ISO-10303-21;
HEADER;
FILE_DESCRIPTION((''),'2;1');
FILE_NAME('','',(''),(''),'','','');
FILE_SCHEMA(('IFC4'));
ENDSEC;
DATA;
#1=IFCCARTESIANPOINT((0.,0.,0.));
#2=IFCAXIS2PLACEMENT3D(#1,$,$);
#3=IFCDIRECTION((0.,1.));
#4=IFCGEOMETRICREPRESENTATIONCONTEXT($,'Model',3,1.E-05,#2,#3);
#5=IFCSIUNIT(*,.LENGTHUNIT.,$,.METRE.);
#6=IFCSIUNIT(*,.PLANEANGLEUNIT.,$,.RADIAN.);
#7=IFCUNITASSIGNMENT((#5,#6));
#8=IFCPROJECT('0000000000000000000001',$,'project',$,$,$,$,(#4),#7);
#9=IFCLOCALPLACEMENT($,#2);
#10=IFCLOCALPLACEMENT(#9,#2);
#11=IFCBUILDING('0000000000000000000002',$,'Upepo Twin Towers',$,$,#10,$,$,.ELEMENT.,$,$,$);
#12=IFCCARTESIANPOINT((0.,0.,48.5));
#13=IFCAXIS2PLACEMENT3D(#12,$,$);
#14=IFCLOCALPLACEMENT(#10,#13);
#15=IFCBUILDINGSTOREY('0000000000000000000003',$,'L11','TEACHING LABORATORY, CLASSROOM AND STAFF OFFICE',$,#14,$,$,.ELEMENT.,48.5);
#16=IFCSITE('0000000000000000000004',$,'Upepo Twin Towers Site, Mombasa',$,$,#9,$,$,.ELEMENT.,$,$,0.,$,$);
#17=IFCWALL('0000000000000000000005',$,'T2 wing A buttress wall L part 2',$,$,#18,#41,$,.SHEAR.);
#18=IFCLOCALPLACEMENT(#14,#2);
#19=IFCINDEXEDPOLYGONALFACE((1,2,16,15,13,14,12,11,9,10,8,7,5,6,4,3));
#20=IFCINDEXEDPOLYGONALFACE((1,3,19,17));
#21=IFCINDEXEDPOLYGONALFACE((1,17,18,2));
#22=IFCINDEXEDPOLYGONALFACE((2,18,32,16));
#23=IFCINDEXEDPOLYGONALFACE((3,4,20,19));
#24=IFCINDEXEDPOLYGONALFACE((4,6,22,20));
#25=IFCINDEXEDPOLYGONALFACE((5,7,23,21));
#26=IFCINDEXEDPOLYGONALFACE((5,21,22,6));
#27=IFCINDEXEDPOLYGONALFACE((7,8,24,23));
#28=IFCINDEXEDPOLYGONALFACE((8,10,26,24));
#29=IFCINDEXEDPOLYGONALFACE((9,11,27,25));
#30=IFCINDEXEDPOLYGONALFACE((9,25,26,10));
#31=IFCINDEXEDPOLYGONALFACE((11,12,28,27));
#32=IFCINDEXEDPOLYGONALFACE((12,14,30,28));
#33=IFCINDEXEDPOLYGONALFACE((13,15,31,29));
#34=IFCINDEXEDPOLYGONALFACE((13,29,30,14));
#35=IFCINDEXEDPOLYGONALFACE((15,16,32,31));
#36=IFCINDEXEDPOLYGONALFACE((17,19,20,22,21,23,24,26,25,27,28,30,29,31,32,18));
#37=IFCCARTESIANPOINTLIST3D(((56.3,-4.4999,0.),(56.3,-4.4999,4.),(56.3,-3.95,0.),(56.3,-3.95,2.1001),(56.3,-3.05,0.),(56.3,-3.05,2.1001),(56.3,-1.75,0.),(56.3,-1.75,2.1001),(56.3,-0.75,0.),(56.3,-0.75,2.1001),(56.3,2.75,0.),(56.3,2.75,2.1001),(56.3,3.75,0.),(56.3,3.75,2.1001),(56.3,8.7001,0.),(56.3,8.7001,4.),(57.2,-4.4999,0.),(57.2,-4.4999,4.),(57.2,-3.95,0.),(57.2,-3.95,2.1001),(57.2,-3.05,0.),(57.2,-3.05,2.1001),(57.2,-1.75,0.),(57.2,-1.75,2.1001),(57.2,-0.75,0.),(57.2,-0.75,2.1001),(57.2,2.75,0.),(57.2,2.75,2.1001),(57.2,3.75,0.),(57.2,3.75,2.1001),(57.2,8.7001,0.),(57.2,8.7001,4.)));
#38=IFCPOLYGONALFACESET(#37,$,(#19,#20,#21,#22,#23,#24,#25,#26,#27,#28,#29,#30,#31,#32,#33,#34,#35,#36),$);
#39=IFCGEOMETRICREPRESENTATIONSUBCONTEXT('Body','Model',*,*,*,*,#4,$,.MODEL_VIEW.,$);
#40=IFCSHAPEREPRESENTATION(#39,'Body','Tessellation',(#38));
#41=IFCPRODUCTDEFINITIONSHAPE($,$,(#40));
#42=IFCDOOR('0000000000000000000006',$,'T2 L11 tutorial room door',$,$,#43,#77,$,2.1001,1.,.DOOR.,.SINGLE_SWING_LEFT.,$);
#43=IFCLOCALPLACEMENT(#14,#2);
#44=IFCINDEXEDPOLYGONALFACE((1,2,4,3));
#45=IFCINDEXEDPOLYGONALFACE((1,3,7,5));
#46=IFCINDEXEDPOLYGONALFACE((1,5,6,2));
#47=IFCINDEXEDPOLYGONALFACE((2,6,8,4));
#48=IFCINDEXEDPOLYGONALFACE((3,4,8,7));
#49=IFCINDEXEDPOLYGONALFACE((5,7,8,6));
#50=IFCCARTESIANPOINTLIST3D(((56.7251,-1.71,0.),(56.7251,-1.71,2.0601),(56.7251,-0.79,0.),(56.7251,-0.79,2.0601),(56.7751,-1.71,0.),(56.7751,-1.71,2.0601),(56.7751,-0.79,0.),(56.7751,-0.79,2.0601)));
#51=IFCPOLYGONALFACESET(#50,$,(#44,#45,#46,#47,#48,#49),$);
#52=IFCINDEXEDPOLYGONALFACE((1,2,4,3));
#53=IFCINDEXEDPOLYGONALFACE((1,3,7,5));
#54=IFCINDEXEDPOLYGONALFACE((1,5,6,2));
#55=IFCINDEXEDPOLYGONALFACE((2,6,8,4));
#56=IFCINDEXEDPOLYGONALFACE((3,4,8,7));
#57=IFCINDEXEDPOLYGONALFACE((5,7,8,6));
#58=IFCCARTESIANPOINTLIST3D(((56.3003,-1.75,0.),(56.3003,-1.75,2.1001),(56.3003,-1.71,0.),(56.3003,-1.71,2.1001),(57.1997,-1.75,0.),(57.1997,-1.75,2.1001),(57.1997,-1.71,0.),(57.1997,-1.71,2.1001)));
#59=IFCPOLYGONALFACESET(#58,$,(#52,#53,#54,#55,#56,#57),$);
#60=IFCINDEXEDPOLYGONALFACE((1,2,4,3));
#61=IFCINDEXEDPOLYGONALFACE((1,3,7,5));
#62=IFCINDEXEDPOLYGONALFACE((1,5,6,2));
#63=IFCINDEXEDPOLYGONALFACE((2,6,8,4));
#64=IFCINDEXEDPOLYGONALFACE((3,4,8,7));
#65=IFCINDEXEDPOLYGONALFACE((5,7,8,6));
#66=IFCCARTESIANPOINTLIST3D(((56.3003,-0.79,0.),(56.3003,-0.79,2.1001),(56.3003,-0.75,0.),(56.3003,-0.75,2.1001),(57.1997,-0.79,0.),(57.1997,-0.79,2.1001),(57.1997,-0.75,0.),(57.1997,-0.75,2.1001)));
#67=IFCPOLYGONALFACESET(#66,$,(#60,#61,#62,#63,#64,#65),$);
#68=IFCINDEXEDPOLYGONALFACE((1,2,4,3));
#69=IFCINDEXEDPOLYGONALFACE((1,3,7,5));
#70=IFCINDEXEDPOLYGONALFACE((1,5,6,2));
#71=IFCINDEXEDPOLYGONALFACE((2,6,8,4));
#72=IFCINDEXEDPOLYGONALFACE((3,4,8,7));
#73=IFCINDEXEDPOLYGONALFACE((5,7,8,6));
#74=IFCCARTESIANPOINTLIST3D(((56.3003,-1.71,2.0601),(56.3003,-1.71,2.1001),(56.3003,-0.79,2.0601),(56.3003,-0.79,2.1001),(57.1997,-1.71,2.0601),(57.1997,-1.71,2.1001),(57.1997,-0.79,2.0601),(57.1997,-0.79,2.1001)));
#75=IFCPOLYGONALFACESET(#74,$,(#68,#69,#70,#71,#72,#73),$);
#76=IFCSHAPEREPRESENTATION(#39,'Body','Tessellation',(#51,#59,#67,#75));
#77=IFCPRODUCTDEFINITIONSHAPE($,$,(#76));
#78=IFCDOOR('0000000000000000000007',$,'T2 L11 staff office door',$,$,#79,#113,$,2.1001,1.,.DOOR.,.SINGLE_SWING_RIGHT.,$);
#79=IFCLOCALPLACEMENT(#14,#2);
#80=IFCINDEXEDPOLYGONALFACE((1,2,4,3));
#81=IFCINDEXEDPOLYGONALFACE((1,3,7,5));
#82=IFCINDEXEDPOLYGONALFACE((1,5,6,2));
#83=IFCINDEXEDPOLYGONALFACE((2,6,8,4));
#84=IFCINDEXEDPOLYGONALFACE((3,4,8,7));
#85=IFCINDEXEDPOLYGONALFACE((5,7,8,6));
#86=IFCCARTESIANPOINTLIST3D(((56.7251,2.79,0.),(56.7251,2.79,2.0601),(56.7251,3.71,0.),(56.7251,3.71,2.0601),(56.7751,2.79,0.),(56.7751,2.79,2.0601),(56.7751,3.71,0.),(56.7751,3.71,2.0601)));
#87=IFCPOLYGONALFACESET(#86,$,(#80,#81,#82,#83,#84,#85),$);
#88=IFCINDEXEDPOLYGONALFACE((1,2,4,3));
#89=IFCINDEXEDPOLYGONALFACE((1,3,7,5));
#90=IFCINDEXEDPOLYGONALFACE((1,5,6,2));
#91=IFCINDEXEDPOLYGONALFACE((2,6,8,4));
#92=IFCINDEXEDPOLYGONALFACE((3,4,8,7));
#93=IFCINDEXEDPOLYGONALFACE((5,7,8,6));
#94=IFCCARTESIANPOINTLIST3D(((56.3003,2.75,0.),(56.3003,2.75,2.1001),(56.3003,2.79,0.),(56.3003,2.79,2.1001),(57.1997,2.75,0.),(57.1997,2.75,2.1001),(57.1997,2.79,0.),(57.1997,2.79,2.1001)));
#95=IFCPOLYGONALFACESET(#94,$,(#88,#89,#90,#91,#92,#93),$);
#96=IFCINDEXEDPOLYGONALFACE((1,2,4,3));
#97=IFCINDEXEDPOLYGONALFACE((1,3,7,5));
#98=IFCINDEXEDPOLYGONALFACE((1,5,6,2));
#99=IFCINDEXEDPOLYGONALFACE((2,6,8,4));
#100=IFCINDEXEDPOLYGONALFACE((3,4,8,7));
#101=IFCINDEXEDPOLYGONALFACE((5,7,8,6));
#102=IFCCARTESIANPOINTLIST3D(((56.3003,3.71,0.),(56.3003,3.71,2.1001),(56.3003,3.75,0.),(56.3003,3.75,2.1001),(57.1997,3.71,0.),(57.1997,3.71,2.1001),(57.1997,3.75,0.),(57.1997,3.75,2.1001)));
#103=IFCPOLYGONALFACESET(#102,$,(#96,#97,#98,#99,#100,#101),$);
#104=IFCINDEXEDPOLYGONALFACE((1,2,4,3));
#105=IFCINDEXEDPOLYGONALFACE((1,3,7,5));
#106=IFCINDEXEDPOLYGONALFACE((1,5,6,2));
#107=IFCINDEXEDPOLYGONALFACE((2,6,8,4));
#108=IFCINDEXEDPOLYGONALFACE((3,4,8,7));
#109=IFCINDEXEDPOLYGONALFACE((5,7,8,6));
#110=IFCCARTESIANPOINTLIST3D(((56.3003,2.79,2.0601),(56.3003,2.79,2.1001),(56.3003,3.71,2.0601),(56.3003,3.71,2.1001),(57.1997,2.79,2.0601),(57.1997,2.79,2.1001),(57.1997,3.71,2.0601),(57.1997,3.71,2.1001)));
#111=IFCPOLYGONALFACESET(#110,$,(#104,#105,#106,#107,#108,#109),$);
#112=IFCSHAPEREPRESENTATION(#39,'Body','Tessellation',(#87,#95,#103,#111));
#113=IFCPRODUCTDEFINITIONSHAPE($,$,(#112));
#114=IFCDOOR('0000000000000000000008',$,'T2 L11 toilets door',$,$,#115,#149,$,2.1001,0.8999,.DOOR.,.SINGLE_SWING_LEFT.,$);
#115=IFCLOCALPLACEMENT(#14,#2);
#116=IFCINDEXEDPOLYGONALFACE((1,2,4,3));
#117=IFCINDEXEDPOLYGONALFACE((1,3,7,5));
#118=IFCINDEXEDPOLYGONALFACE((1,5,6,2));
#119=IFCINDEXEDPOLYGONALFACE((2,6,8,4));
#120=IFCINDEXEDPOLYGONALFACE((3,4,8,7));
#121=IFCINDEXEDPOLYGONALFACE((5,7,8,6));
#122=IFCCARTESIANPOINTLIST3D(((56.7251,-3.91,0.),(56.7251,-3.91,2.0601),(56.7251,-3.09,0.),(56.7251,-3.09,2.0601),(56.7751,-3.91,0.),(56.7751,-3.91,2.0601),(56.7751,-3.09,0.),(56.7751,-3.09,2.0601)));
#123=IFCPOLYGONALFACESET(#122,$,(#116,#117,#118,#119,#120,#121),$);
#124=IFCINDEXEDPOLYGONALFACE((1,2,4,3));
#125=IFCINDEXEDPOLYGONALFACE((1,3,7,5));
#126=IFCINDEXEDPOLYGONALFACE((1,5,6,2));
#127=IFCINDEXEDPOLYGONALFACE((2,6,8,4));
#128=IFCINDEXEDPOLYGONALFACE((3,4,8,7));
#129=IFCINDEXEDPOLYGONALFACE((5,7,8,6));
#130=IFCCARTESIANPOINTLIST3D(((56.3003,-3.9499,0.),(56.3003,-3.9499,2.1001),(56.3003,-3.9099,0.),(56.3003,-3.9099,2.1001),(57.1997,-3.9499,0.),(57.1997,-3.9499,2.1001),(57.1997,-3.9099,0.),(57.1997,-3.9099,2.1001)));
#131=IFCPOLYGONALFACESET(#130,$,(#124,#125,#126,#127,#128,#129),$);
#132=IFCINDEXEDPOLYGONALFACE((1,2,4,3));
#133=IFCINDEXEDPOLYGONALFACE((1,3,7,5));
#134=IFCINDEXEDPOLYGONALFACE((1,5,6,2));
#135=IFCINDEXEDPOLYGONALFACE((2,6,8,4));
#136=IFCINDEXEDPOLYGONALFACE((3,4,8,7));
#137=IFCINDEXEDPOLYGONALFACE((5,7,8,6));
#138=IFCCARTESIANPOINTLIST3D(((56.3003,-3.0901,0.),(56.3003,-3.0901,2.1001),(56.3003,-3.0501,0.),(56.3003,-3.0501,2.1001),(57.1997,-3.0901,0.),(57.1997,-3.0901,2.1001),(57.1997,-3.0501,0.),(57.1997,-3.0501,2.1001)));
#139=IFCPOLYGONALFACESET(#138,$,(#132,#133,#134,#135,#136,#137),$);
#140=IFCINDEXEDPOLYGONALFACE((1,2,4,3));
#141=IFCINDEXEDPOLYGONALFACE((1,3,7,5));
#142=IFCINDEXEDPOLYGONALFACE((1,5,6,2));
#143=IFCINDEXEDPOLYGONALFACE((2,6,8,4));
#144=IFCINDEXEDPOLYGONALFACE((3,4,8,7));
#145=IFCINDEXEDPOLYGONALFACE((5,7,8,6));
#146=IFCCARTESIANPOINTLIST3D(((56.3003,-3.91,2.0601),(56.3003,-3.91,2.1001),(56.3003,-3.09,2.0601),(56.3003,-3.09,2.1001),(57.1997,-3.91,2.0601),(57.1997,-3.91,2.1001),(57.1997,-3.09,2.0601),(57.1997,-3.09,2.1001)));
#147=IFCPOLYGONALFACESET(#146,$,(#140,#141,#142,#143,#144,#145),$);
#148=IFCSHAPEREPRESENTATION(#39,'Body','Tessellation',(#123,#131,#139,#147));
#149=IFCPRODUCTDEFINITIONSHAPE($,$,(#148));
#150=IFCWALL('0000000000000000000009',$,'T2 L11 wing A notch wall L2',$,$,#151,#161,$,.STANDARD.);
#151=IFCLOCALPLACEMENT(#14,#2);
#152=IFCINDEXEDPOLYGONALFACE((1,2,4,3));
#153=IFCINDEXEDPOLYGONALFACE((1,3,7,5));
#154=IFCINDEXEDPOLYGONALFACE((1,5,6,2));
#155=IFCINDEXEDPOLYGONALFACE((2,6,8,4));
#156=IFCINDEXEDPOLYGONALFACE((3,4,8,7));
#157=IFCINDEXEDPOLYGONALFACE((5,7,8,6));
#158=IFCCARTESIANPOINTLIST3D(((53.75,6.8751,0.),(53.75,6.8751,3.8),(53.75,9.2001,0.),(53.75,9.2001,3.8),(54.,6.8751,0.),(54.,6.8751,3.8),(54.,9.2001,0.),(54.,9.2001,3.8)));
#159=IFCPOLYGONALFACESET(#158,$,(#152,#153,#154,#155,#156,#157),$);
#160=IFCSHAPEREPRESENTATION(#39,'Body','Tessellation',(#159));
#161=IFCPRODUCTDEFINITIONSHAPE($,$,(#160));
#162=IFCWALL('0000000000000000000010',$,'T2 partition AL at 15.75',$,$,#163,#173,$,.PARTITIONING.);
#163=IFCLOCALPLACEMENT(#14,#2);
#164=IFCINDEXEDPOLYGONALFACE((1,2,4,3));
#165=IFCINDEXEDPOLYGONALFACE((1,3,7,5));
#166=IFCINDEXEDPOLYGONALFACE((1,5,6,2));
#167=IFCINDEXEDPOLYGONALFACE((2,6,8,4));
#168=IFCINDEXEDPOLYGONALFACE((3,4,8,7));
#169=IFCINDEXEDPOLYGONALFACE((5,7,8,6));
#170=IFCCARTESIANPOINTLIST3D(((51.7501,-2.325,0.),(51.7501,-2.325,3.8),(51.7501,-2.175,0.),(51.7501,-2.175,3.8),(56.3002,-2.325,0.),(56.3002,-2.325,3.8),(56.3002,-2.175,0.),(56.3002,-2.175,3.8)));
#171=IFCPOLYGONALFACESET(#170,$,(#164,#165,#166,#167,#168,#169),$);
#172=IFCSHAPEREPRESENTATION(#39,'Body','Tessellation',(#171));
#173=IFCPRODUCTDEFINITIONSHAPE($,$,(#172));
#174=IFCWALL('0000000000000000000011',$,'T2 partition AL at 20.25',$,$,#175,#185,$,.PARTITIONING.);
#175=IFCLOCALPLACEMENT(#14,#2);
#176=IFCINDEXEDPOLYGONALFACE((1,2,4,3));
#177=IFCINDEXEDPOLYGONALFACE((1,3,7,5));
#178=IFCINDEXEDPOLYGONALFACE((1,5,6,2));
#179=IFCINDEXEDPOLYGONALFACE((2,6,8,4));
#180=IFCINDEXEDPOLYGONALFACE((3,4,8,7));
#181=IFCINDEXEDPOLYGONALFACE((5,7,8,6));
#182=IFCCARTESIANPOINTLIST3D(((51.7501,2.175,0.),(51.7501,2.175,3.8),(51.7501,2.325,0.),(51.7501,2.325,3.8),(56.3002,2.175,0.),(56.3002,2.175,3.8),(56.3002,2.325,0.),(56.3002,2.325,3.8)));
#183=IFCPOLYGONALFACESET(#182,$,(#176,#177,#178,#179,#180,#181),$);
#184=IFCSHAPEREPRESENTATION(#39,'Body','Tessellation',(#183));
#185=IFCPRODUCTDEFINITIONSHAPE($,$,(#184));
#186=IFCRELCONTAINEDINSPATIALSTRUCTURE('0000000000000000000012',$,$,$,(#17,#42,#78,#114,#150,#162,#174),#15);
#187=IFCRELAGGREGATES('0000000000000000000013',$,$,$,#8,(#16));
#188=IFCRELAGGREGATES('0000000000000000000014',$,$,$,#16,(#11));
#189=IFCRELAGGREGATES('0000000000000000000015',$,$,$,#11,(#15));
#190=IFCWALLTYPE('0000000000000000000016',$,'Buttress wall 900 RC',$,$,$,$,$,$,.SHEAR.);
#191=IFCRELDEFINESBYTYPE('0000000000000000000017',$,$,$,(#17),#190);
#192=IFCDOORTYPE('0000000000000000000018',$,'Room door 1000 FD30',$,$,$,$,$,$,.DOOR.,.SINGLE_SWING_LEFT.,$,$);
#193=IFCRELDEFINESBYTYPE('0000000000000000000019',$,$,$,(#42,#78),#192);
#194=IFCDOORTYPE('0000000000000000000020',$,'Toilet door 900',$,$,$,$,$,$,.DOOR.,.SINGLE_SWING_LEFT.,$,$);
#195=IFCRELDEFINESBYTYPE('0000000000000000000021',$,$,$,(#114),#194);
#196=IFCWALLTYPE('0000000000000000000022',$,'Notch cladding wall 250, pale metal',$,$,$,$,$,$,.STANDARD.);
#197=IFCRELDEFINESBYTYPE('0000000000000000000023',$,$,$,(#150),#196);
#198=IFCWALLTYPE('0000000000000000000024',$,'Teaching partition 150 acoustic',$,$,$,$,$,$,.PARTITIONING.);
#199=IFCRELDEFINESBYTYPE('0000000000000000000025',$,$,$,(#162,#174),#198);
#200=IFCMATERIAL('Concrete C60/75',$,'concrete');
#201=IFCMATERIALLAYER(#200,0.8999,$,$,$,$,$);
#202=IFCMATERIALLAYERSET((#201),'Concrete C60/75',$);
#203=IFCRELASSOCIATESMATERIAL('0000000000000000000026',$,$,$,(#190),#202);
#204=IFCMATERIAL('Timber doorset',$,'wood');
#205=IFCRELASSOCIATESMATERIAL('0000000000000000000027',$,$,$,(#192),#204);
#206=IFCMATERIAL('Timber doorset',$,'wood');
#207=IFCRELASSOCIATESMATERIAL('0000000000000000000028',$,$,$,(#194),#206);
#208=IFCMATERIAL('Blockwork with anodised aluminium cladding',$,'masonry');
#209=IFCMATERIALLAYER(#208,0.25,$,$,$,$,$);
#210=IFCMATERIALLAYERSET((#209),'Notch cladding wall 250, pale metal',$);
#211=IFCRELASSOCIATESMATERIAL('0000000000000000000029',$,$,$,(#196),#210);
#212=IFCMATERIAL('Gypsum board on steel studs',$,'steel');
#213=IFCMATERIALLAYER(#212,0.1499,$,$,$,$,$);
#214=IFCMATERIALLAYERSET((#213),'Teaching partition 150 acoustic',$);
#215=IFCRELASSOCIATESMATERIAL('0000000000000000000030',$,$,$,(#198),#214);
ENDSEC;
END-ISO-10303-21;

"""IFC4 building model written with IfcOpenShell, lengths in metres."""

from ifc_helpers import new_model, si_unit, direction, frame, frame_2d, origin, place, context, subcontext, project, spatial, rectangle, extrude, material, layer, layer_set, type_object, element, fill, save


model = new_model("IFC4")

# Units and contexts
model_context = context("Model", 3, precision=1e-05, world=origin(), true_north=direction((0.0, 1.0)))
body_context = subcontext(model_context, "Body", "Model", "MODEL_VIEW")
ifc_project = project(units=[si_unit("LENGTHUNIT", "METRE"), si_unit("PLANEANGLEUNIT", "RADIAN")], contexts=[model_context])

# Site, building, storey
site_placement = place(None, origin())
site = spatial("IfcSite", under=ifc_project, at=site_placement, Name="Upepo Twin Towers Site, Mombasa", CompositionType="ELEMENT", RefElevation=0.0)
building_placement = place(site_placement, origin())
building = spatial("IfcBuilding", under=site, at=building_placement, Name="Upepo Twin Towers", CompositionType="ELEMENT")
storey_placement = place(building_placement, frame((0.0, 0.0, 48.5)))
storey = spatial("IfcBuildingStorey", under=building, at=storey_placement, Name="L11", Description="TEACHING LABORATORY, CLASSROOM AND STAFF OFFICE", CompositionType="ELEMENT", Elevation=48.5)

# Wall, openings, doors
ifc_material_1 = material(Name="Concrete C60/75", Category="concrete")
ifc_layer_1 = layer(ifc_material_1, 0.8999)
ifc_layer_set_1 = layer_set([ifc_layer_1], Name="Concrete C60/75")
wall_type_1 = type_object("IfcWallType", Name="Buttress wall 900 RC", PredefinedType="SHEAR", material=ifc_layer_set_1)
wall_1_placement = place(storey_placement, frame((56.75, -4.5, 0.0), z_axis=(0.0, 0.0, 1.0), x_axis=(0.0, 1.0, 0.0)))
wall_1 = element("IfcWall", 1, at=wall_1_placement, inside=storey, type_object=wall_type_1, Name="T2 wing A buttress wall L part 2", PredefinedType="SHEAR", context=body_context, shape_type="SweptSolid", body=[
    extrude(rectangle(XDim=13.2, YDim=0.8999, at=frame_2d((6.6001, 0.0))), origin(), (0.0, 0.0, 1.0), 4.0),
])
opening_1_placement = place(wall_1_placement, frame((0.55, 0.0, 0.0)))
opening_1 = element("IfcOpeningElement", 2, at=opening_1_placement, cuts=wall_1, PredefinedType="OPENING", context=body_context, shape_type="SweptSolid", body=[
    extrude(rectangle(XDim=0.8999, YDim=2.1001, at=frame_2d((0.45, 1.05))), frame((0.0, 0.46, 0.0), z_axis=(0.0, -1.0, 0.0), x_axis=(1.0, 0.0, 0.0)), (0.0, 0.0, 1.0), 0.9199),
])
opening_2_placement = place(wall_1_placement, frame((2.75, 0.0, 0.0)))
opening_2 = element("IfcOpeningElement", 3, at=opening_2_placement, cuts=wall_1, PredefinedType="OPENING", context=body_context, shape_type="SweptSolid", body=[
    extrude(rectangle(XDim=1.0, YDim=2.1001, at=frame_2d((0.5, 1.05))), frame((0.0, 0.46, 0.0), z_axis=(0.0, -1.0, 0.0), x_axis=(1.0, 0.0, 0.0)), (0.0, 0.0, 1.0), 0.9199),
])
opening_3_placement = place(wall_1_placement, frame((7.25, 0.0, 0.0)))
opening_3 = element("IfcOpeningElement", 4, at=opening_3_placement, cuts=wall_1, PredefinedType="OPENING", context=body_context, shape_type="SweptSolid", body=[
    extrude(rectangle(XDim=1.0, YDim=2.1001, at=frame_2d((0.5, 1.05))), frame((0.0, 0.46, 0.0), z_axis=(0.0, -1.0, 0.0), x_axis=(1.0, 0.0, 0.0)), (0.0, 0.0, 1.0), 0.9199),
])
ifc_material_2 = material(Name="Timber doorset", Category="wood")
door_type_1 = type_object("IfcDoorType", Name="Room door 1000 FD30", OperationType="SINGLE_SWING_LEFT", PredefinedType="DOOR", material=ifc_material_2)
door_1_placement = place(opening_2_placement, origin())
door_1 = element("IfcDoor", 5, at=door_1_placement, inside=storey, type_object=door_type_1, Name="T2 L11 tutorial room door", OperationType="SINGLE_SWING_LEFT", OverallHeight=2.1001, OverallWidth=1.0, PredefinedType="DOOR", context=body_context, shape_type="SweptSolid", body=[
    extrude(rectangle(XDim=0.92, YDim=2.0601, at=frame_2d((0.5, 1.03))), frame((0.0, 0.0249, 0.0), z_axis=(0.0, -1.0, 0.0), x_axis=(1.0, 0.0, 0.0)), (0.0, 0.0, 1.0), 0.05),
    extrude(rectangle(XDim=0.04, YDim=2.1001, at=frame_2d((0.02, 1.05))), frame((0.0, 0.4497, 0.0), z_axis=(0.0, -1.0, 0.0), x_axis=(1.0, 0.0, 0.0)), (0.0, 0.0, 1.0), 0.8994),
    extrude(rectangle(XDim=0.04, YDim=2.1001, at=frame_2d((0.98, 1.05))), frame((0.0, 0.4497, 0.0), z_axis=(0.0, -1.0, 0.0), x_axis=(1.0, 0.0, 0.0)), (0.0, 0.0, 1.0), 0.8994),
    extrude(rectangle(XDim=0.92, YDim=0.04, at=frame_2d((0.5, 2.0801))), frame((0.0, 0.4497, 0.0), z_axis=(0.0, -1.0, 0.0), x_axis=(1.0, 0.0, 0.0)), (0.0, 0.0, 1.0), 0.8994),
])
fill(opening_2, door_1)
door_2_placement = place(opening_3_placement, origin())
door_2 = element("IfcDoor", 6, at=door_2_placement, inside=storey, type_object=door_type_1, Name="T2 L11 staff office door", OperationType="SINGLE_SWING_RIGHT", OverallHeight=2.1001, OverallWidth=1.0, PredefinedType="DOOR", context=body_context, shape_type="SweptSolid", body=[
    extrude(rectangle(XDim=0.92, YDim=2.0601, at=frame_2d((0.5, 1.03))), frame((0.0, 0.0249, 0.0), z_axis=(0.0, -1.0, 0.0), x_axis=(1.0, 0.0, 0.0)), (0.0, 0.0, 1.0), 0.05),
    extrude(rectangle(XDim=0.04, YDim=2.1001, at=frame_2d((0.02, 1.05))), frame((0.0, 0.4497, 0.0), z_axis=(0.0, -1.0, 0.0), x_axis=(1.0, 0.0, 0.0)), (0.0, 0.0, 1.0), 0.8994),
    extrude(rectangle(XDim=0.04, YDim=2.1001, at=frame_2d((0.98, 1.05))), frame((0.0, 0.4497, 0.0), z_axis=(0.0, -1.0, 0.0), x_axis=(1.0, 0.0, 0.0)), (0.0, 0.0, 1.0), 0.8994),
    extrude(rectangle(XDim=0.92, YDim=0.04, at=frame_2d((0.5, 2.0801))), frame((0.0, 0.4497, 0.0), z_axis=(0.0, -1.0, 0.0), x_axis=(1.0, 0.0, 0.0)), (0.0, 0.0, 1.0), 0.8994),
])
fill(opening_3, door_2)
ifc_material_3 = material(Name="Timber doorset", Category="wood")
door_type_2 = type_object("IfcDoorType", Name="Toilet door 900", OperationType="SINGLE_SWING_LEFT", PredefinedType="DOOR", material=ifc_material_3)
door_3_placement = place(opening_1_placement, origin())
door_3 = element("IfcDoor", 7, at=door_3_placement, inside=storey, type_object=door_type_2, Name="T2 L11 toilets door", OperationType="SINGLE_SWING_LEFT", OverallHeight=2.1001, OverallWidth=0.8999, PredefinedType="DOOR", context=body_context, shape_type="SweptSolid", body=[
    extrude(rectangle(XDim=0.8199, YDim=2.0601, at=frame_2d((0.45, 1.03))), frame((0.0, 0.0249, 0.0), z_axis=(0.0, -1.0, 0.0), x_axis=(1.0, 0.0, 0.0)), (0.0, 0.0, 1.0), 0.05),
    extrude(rectangle(XDim=0.04, YDim=2.1001, at=frame_2d((0.02, 1.05))), frame((0.0, 0.4497, 0.0), z_axis=(0.0, -1.0, 0.0), x_axis=(1.0, 0.0, 0.0)), (0.0, 0.0, 1.0), 0.8994),
    extrude(rectangle(XDim=0.04, YDim=2.1001, at=frame_2d((0.8799, 1.05))), frame((0.0, 0.4497, 0.0), z_axis=(0.0, -1.0, 0.0), x_axis=(1.0, 0.0, 0.0)), (0.0, 0.0, 1.0), 0.8994),
    extrude(rectangle(XDim=0.8199, YDim=0.04, at=frame_2d((0.45, 2.0801))), frame((0.0, 0.4497, 0.0), z_axis=(0.0, -1.0, 0.0), x_axis=(1.0, 0.0, 0.0)), (0.0, 0.0, 1.0), 0.8994),
])
fill(opening_1, door_3)

# Walls
ifc_material_4 = material(Name="Blockwork with anodised aluminium cladding", Category="masonry")
ifc_layer_2 = layer(ifc_material_4, 0.25)
ifc_layer_set_2 = layer_set([ifc_layer_2], Name="Notch cladding wall 250, pale metal")
wall_type_2 = type_object("IfcWallType", Name="Notch cladding wall 250, pale metal", PredefinedType="STANDARD", material=ifc_layer_set_2)
wall_2_placement = place(storey_placement, frame((53.875, 6.875, 0.0), z_axis=(0.0, 0.0, 1.0), x_axis=(0.0, 1.0, 0.0)))
element("IfcWall", 8, at=wall_2_placement, inside=storey, type_object=wall_type_2, Name="T2 L11 wing A notch wall L2", PredefinedType="STANDARD", context=body_context, shape_type="SweptSolid", body=[
    extrude(rectangle(XDim=2.325, YDim=0.25, at=frame_2d((1.1626, 0.0))), origin(), (0.0, 0.0, 1.0), 3.8),
])
ifc_material_5 = material(Name="Gypsum board on steel studs", Category="steel")
ifc_layer_3 = layer(ifc_material_5, 0.1499)
ifc_layer_set_3 = layer_set([ifc_layer_3], Name="Teaching partition 150 acoustic")
wall_type_3 = type_object("IfcWallType", Name="Teaching partition 150 acoustic", PredefinedType="PARTITIONING", material=ifc_layer_set_3)
for number, where, z_axis, x_axis, name in (
    (9, (56.3, -2.25, 0.0), (0.0, 0.0, 1.0), (-1.0, 0.0, 0.0), "T2 partition AL at 15.75"),
    (10, (56.3, 2.25, 0.0), (0.0, 0.0, 1.0), (-1.0, 0.0, 0.0), "T2 partition AL at 20.25"),
):
    element("IfcWall", number, at=place(storey_placement, frame(where, z_axis=z_axis, x_axis=x_axis)), inside=storey, type_object=wall_type_3, Name=name, PredefinedType="PARTITIONING", context=body_context, shape_type="SweptSolid", body=[
        extrude(rectangle(XDim=4.55, YDim=0.1499, at=frame_2d((2.2749, 0.0))), origin(), (0.0, 0.0, 1.0), 3.8),
    ])

save(model, "model.ifc")
